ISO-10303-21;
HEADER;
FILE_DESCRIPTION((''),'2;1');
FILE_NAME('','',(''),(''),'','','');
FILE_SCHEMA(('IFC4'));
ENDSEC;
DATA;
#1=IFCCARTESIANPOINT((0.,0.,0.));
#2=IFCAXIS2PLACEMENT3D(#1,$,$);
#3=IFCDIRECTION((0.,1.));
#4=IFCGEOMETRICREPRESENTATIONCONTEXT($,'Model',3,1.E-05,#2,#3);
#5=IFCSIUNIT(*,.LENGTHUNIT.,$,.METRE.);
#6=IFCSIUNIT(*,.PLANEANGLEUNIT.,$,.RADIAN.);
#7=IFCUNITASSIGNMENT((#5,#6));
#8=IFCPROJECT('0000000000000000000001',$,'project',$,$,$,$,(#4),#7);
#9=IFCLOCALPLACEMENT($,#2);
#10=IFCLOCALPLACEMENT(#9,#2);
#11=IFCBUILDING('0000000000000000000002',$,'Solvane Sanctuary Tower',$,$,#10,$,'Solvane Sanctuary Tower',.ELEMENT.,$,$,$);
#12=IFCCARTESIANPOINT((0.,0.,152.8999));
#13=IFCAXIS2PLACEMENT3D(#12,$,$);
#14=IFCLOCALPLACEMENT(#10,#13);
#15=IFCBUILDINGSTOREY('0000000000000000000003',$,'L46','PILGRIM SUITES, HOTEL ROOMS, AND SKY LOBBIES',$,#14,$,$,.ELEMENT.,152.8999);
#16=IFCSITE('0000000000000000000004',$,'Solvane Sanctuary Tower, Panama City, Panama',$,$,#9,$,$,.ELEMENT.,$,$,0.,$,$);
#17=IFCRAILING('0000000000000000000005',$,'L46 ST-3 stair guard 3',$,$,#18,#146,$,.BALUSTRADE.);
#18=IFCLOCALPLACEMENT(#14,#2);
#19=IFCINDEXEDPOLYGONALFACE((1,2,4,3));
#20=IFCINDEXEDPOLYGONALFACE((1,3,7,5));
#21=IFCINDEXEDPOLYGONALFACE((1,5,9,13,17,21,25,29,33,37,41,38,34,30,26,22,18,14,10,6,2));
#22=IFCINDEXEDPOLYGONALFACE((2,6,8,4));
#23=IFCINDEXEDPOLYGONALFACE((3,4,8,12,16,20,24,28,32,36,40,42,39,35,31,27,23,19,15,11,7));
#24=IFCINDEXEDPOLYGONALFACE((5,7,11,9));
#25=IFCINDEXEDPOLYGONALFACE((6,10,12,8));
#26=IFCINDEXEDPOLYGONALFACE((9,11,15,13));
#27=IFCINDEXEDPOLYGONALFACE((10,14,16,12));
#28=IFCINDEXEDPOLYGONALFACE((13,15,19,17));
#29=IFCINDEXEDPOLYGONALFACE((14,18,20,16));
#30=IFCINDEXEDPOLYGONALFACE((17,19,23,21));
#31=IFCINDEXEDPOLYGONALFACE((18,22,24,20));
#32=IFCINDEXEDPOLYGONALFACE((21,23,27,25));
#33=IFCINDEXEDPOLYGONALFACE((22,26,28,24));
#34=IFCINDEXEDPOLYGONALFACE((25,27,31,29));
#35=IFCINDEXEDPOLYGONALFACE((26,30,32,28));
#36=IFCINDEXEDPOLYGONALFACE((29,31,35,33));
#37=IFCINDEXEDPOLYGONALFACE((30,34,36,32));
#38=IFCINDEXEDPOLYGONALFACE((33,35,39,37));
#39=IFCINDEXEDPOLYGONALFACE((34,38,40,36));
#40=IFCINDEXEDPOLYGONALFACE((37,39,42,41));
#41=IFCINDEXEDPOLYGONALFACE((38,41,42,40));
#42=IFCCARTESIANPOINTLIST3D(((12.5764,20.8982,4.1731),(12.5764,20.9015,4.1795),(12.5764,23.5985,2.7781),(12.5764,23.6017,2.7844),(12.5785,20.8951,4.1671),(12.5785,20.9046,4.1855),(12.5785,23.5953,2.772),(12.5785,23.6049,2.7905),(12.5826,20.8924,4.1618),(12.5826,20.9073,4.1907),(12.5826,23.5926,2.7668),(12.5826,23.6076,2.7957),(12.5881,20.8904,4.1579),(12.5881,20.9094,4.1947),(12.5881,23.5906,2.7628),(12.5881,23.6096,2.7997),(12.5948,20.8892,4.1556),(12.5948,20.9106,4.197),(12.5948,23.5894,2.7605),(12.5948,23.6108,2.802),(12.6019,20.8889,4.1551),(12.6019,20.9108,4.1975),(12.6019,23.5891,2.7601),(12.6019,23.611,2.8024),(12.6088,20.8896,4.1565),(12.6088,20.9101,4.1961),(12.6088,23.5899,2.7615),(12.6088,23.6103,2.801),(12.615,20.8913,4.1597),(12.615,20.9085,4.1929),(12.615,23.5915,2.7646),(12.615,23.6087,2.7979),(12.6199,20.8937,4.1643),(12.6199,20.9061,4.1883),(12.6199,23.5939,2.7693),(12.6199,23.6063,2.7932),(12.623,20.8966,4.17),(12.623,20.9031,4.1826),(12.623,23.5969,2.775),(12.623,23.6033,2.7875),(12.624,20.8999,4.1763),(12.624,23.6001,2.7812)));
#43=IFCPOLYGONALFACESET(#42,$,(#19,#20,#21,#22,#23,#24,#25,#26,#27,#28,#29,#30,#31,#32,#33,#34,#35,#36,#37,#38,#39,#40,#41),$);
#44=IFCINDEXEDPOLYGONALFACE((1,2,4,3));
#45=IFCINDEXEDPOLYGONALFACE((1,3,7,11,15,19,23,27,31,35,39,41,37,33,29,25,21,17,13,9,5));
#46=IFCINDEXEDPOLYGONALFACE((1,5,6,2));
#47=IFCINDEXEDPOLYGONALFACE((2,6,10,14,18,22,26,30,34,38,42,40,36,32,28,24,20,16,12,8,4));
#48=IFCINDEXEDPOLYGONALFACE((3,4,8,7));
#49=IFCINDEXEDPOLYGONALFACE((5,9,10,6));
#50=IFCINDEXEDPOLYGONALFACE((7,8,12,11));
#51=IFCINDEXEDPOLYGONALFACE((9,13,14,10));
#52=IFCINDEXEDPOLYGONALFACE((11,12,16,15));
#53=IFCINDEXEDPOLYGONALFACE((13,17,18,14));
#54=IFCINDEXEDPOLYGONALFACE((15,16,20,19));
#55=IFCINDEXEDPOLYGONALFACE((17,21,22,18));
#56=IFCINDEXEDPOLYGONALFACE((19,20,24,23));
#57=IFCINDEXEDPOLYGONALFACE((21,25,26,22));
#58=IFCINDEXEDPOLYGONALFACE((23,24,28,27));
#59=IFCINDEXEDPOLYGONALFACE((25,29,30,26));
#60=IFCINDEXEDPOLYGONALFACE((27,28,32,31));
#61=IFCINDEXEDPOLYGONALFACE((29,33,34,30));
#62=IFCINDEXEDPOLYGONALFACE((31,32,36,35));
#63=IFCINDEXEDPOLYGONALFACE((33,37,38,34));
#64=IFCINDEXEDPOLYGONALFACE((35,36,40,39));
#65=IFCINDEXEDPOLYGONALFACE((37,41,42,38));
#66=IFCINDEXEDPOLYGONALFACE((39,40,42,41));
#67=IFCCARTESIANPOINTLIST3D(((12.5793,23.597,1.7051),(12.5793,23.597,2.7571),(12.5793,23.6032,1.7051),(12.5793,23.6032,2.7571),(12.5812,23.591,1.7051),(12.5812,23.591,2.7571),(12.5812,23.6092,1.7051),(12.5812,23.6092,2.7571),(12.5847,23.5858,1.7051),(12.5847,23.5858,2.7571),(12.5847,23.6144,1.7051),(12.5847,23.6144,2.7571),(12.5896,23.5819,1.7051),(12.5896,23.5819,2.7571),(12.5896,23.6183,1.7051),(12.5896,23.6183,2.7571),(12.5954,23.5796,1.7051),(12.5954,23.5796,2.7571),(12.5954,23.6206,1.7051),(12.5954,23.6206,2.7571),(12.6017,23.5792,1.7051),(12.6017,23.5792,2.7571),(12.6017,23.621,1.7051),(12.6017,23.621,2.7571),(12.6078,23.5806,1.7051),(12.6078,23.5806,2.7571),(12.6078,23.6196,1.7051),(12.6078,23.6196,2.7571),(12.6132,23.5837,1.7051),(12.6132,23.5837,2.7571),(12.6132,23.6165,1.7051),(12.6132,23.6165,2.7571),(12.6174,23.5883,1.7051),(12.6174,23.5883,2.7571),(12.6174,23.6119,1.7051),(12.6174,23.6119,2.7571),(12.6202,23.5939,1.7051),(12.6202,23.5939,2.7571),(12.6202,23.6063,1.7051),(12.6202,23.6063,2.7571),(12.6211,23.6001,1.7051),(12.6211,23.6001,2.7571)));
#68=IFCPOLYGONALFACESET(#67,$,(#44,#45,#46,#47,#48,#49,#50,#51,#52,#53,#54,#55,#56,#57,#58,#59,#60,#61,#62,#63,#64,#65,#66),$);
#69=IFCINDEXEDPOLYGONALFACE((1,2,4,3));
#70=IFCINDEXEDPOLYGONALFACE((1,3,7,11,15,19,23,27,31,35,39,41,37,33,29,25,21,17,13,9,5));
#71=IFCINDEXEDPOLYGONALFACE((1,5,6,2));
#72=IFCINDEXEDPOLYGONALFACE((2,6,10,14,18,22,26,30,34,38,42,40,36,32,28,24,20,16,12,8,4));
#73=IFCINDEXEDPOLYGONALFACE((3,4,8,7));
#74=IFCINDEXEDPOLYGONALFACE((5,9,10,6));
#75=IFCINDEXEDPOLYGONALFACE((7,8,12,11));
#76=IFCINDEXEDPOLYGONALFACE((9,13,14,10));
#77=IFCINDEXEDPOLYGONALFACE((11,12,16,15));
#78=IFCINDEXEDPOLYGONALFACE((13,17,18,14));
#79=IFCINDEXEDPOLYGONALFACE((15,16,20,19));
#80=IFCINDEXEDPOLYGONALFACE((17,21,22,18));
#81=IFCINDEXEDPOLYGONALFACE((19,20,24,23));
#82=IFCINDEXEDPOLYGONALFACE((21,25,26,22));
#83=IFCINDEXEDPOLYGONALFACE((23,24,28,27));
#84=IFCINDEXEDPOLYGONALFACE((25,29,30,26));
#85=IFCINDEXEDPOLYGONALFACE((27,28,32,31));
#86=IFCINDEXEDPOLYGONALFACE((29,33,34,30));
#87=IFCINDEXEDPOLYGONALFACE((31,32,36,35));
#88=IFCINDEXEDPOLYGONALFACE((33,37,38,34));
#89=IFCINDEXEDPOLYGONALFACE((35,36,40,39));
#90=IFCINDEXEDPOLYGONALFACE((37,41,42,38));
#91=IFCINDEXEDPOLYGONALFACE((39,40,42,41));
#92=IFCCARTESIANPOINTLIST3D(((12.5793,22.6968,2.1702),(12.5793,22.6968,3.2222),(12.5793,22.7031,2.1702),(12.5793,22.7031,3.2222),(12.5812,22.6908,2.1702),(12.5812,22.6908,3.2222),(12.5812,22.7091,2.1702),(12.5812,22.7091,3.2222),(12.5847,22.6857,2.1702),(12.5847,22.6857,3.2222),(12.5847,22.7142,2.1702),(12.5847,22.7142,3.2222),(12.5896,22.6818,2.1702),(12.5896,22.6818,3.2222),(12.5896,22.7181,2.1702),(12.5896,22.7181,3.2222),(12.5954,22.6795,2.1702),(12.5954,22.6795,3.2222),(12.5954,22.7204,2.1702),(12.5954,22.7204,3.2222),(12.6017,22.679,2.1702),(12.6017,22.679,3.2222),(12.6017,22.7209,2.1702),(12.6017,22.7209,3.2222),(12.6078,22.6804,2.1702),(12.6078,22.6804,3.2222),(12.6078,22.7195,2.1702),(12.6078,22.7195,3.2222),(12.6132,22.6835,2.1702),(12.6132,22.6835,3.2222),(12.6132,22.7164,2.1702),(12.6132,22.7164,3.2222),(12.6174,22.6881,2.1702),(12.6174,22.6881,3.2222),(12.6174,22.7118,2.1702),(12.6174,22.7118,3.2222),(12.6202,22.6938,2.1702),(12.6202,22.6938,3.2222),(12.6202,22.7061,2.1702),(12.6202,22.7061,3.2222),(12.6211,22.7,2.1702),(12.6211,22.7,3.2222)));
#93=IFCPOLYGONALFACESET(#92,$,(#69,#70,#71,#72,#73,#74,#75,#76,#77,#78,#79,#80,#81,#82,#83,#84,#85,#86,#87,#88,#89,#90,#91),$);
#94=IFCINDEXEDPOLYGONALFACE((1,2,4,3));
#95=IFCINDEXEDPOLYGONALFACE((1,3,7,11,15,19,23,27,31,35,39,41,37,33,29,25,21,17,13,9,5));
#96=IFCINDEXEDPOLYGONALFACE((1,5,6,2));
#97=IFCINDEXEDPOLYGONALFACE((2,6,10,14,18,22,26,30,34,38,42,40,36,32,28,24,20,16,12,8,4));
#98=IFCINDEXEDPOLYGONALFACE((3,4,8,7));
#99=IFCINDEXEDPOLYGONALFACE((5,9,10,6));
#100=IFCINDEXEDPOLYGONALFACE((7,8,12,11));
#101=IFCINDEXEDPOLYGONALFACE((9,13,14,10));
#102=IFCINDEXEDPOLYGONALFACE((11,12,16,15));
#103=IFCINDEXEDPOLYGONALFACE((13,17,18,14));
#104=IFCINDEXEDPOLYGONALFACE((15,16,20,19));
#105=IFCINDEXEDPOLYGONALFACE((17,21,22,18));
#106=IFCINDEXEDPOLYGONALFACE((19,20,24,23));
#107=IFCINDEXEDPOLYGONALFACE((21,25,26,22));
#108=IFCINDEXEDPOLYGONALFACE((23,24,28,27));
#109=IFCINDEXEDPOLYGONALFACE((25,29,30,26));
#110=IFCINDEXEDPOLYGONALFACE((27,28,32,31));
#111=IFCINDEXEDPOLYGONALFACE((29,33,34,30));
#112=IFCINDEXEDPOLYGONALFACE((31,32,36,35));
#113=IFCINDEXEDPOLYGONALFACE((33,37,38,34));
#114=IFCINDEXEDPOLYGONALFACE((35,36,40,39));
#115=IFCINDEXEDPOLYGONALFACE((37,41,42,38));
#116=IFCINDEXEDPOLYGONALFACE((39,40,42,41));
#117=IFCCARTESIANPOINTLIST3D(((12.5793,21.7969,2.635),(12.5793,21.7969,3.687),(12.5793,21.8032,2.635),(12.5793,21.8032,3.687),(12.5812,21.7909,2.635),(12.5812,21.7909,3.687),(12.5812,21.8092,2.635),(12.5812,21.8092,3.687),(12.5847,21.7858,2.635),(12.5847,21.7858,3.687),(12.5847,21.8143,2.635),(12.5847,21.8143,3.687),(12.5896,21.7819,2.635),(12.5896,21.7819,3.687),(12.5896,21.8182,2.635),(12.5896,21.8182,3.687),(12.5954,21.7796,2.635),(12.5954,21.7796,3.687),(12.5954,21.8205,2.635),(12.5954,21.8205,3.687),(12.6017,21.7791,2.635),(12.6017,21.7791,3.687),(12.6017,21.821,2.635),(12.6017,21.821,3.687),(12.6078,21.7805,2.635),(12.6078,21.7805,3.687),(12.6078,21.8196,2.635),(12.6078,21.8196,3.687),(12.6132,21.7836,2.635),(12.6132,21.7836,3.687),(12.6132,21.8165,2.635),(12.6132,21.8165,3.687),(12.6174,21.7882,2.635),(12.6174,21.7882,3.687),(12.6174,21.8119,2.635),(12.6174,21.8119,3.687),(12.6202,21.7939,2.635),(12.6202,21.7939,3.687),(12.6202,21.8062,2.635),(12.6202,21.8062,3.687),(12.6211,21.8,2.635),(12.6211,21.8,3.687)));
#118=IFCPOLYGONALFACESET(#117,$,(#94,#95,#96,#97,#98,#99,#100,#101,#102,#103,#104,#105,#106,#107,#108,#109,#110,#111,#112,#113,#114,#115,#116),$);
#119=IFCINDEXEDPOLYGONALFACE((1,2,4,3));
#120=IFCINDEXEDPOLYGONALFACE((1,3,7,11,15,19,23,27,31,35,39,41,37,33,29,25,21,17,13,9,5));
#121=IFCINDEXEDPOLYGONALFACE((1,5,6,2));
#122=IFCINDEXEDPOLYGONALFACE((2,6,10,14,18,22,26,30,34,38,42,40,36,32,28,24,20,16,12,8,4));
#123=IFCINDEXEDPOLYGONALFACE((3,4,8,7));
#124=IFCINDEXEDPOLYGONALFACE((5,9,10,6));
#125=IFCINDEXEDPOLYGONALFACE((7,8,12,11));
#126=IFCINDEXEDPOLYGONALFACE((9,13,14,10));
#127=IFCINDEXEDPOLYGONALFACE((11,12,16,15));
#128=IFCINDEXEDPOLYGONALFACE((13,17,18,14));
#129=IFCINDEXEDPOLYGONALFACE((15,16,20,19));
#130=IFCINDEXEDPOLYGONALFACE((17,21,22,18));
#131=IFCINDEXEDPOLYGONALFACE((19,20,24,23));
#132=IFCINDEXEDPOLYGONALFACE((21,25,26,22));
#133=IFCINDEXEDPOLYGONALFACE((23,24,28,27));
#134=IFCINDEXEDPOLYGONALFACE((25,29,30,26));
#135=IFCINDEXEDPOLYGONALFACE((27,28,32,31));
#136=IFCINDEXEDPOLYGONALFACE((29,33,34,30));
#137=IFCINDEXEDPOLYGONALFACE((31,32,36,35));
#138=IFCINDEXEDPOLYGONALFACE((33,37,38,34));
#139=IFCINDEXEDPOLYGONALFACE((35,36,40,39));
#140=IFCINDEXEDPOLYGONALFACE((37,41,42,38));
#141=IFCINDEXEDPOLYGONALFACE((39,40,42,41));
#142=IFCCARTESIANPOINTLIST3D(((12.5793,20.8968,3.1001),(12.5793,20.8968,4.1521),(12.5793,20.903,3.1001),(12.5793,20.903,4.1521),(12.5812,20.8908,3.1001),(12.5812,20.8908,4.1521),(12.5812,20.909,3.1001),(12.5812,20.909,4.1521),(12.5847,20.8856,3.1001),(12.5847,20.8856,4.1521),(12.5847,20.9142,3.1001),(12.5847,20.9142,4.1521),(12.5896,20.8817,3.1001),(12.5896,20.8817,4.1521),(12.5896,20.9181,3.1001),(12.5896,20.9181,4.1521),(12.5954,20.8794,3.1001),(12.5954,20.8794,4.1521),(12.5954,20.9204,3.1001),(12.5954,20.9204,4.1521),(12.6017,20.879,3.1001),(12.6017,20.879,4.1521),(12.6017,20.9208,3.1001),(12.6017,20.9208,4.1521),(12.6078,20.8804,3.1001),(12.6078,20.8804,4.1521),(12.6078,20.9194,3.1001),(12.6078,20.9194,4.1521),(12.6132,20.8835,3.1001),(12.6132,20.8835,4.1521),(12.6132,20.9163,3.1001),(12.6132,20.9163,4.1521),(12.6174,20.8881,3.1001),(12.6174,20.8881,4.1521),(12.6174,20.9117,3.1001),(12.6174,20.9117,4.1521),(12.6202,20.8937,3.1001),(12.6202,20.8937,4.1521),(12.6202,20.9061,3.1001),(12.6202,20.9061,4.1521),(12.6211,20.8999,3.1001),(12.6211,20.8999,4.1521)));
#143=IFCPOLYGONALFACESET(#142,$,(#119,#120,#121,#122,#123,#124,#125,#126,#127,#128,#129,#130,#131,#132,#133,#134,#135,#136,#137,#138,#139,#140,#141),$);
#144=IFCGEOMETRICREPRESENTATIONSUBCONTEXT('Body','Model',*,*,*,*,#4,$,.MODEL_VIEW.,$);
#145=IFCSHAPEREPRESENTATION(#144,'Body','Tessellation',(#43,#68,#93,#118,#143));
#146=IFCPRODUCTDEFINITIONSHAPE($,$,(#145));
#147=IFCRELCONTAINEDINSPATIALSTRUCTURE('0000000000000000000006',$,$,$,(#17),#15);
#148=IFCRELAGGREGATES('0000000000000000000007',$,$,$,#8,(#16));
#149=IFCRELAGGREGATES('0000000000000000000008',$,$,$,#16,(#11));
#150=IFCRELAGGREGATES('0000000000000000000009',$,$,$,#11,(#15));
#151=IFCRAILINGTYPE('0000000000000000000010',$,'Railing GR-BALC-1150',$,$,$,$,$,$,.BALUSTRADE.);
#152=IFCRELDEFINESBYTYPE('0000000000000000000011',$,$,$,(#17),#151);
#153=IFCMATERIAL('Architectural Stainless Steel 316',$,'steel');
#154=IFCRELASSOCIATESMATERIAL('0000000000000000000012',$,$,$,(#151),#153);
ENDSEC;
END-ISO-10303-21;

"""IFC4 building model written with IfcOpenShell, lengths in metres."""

from ifc_helpers import new_model, si_unit, direction, frame, origin, origin_2d, place, context, subcontext, project, spatial, circle, extrude, material, type_object, element, save


model = new_model("IFC4")

# Units and contexts
model_context = context("Model", 3, precision=1e-05, world=origin(), true_north=direction((0.0, 1.0)))
body_context = subcontext(model_context, "Body", "Model", "MODEL_VIEW")
ifc_project = project(units=[si_unit("LENGTHUNIT", "METRE"), si_unit("PLANEANGLEUNIT", "RADIAN")], contexts=[model_context])

# Site, building, storey
site_placement = place(None, origin())
site = spatial("IfcSite", under=ifc_project, at=site_placement, Name="Solvane Sanctuary Tower, Panama City, Panama", CompositionType="ELEMENT", RefElevation=0.0)
building_placement = place(site_placement, origin())
building = spatial("IfcBuilding", under=site, at=building_placement, Name="Solvane Sanctuary Tower", LongName="Solvane Sanctuary Tower", CompositionType="ELEMENT")
storey_placement = place(building_placement, frame((0.0, 0.0, 152.8999)))
storey = spatial("IfcBuildingStorey", under=building, at=storey_placement, Name="L46", Description="PILGRIM SUITES, HOTEL ROOMS, AND SKY LOBBIES", CompositionType="ELEMENT", Elevation=152.8999)

# Shared definitions
ifc_material_1 = material(Name="Architectural Stainless Steel 316", Category="steel")

# Railing
railing_type_1 = type_object("IfcRailingType", Name="Railing GR-BALC-1150", PredefinedType="BALUSTRADE", material=ifc_material_1)
railing_1_placement = place(storey_placement, frame((12.6001, 23.6001, 1.7051)))
element("IfcRailing", 1, at=railing_1_placement, inside=storey, type_object=railing_type_1, Name="L46 ST-3 stair guard 3", PredefinedType="BALUSTRADE", context=body_context, shape_type="SweptSolid", body=[
    extrude(circle(Radius=0.0239, at=origin_2d()), frame((0.0, 0.0, 1.0762), z_axis=(0.0, -0.888437, 0.458999), x_axis=(1.0, 0.0, 0.0)), (0.0, 0.0, 1.0), 3.0393),
    extrude(circle(Radius=0.021, at=origin_2d()), origin(), (0.0, 0.0, 1.0), 1.052),
    extrude(circle(Radius=0.021, at=origin_2d()), frame((0.0, -0.9001, 0.4651)), (0.0, 0.0, 1.0), 1.052),
    extrude(circle(Radius=0.021, at=origin_2d()), frame((0.0, -1.8, 0.9299)), (0.0, 0.0, 1.0), 1.052),
    extrude(circle(Radius=0.021, at=origin_2d()), frame((0.0, -2.7002, 1.395)), (0.0, 0.0, 1.0), 1.052),
])

save(model, "model.ifc")
